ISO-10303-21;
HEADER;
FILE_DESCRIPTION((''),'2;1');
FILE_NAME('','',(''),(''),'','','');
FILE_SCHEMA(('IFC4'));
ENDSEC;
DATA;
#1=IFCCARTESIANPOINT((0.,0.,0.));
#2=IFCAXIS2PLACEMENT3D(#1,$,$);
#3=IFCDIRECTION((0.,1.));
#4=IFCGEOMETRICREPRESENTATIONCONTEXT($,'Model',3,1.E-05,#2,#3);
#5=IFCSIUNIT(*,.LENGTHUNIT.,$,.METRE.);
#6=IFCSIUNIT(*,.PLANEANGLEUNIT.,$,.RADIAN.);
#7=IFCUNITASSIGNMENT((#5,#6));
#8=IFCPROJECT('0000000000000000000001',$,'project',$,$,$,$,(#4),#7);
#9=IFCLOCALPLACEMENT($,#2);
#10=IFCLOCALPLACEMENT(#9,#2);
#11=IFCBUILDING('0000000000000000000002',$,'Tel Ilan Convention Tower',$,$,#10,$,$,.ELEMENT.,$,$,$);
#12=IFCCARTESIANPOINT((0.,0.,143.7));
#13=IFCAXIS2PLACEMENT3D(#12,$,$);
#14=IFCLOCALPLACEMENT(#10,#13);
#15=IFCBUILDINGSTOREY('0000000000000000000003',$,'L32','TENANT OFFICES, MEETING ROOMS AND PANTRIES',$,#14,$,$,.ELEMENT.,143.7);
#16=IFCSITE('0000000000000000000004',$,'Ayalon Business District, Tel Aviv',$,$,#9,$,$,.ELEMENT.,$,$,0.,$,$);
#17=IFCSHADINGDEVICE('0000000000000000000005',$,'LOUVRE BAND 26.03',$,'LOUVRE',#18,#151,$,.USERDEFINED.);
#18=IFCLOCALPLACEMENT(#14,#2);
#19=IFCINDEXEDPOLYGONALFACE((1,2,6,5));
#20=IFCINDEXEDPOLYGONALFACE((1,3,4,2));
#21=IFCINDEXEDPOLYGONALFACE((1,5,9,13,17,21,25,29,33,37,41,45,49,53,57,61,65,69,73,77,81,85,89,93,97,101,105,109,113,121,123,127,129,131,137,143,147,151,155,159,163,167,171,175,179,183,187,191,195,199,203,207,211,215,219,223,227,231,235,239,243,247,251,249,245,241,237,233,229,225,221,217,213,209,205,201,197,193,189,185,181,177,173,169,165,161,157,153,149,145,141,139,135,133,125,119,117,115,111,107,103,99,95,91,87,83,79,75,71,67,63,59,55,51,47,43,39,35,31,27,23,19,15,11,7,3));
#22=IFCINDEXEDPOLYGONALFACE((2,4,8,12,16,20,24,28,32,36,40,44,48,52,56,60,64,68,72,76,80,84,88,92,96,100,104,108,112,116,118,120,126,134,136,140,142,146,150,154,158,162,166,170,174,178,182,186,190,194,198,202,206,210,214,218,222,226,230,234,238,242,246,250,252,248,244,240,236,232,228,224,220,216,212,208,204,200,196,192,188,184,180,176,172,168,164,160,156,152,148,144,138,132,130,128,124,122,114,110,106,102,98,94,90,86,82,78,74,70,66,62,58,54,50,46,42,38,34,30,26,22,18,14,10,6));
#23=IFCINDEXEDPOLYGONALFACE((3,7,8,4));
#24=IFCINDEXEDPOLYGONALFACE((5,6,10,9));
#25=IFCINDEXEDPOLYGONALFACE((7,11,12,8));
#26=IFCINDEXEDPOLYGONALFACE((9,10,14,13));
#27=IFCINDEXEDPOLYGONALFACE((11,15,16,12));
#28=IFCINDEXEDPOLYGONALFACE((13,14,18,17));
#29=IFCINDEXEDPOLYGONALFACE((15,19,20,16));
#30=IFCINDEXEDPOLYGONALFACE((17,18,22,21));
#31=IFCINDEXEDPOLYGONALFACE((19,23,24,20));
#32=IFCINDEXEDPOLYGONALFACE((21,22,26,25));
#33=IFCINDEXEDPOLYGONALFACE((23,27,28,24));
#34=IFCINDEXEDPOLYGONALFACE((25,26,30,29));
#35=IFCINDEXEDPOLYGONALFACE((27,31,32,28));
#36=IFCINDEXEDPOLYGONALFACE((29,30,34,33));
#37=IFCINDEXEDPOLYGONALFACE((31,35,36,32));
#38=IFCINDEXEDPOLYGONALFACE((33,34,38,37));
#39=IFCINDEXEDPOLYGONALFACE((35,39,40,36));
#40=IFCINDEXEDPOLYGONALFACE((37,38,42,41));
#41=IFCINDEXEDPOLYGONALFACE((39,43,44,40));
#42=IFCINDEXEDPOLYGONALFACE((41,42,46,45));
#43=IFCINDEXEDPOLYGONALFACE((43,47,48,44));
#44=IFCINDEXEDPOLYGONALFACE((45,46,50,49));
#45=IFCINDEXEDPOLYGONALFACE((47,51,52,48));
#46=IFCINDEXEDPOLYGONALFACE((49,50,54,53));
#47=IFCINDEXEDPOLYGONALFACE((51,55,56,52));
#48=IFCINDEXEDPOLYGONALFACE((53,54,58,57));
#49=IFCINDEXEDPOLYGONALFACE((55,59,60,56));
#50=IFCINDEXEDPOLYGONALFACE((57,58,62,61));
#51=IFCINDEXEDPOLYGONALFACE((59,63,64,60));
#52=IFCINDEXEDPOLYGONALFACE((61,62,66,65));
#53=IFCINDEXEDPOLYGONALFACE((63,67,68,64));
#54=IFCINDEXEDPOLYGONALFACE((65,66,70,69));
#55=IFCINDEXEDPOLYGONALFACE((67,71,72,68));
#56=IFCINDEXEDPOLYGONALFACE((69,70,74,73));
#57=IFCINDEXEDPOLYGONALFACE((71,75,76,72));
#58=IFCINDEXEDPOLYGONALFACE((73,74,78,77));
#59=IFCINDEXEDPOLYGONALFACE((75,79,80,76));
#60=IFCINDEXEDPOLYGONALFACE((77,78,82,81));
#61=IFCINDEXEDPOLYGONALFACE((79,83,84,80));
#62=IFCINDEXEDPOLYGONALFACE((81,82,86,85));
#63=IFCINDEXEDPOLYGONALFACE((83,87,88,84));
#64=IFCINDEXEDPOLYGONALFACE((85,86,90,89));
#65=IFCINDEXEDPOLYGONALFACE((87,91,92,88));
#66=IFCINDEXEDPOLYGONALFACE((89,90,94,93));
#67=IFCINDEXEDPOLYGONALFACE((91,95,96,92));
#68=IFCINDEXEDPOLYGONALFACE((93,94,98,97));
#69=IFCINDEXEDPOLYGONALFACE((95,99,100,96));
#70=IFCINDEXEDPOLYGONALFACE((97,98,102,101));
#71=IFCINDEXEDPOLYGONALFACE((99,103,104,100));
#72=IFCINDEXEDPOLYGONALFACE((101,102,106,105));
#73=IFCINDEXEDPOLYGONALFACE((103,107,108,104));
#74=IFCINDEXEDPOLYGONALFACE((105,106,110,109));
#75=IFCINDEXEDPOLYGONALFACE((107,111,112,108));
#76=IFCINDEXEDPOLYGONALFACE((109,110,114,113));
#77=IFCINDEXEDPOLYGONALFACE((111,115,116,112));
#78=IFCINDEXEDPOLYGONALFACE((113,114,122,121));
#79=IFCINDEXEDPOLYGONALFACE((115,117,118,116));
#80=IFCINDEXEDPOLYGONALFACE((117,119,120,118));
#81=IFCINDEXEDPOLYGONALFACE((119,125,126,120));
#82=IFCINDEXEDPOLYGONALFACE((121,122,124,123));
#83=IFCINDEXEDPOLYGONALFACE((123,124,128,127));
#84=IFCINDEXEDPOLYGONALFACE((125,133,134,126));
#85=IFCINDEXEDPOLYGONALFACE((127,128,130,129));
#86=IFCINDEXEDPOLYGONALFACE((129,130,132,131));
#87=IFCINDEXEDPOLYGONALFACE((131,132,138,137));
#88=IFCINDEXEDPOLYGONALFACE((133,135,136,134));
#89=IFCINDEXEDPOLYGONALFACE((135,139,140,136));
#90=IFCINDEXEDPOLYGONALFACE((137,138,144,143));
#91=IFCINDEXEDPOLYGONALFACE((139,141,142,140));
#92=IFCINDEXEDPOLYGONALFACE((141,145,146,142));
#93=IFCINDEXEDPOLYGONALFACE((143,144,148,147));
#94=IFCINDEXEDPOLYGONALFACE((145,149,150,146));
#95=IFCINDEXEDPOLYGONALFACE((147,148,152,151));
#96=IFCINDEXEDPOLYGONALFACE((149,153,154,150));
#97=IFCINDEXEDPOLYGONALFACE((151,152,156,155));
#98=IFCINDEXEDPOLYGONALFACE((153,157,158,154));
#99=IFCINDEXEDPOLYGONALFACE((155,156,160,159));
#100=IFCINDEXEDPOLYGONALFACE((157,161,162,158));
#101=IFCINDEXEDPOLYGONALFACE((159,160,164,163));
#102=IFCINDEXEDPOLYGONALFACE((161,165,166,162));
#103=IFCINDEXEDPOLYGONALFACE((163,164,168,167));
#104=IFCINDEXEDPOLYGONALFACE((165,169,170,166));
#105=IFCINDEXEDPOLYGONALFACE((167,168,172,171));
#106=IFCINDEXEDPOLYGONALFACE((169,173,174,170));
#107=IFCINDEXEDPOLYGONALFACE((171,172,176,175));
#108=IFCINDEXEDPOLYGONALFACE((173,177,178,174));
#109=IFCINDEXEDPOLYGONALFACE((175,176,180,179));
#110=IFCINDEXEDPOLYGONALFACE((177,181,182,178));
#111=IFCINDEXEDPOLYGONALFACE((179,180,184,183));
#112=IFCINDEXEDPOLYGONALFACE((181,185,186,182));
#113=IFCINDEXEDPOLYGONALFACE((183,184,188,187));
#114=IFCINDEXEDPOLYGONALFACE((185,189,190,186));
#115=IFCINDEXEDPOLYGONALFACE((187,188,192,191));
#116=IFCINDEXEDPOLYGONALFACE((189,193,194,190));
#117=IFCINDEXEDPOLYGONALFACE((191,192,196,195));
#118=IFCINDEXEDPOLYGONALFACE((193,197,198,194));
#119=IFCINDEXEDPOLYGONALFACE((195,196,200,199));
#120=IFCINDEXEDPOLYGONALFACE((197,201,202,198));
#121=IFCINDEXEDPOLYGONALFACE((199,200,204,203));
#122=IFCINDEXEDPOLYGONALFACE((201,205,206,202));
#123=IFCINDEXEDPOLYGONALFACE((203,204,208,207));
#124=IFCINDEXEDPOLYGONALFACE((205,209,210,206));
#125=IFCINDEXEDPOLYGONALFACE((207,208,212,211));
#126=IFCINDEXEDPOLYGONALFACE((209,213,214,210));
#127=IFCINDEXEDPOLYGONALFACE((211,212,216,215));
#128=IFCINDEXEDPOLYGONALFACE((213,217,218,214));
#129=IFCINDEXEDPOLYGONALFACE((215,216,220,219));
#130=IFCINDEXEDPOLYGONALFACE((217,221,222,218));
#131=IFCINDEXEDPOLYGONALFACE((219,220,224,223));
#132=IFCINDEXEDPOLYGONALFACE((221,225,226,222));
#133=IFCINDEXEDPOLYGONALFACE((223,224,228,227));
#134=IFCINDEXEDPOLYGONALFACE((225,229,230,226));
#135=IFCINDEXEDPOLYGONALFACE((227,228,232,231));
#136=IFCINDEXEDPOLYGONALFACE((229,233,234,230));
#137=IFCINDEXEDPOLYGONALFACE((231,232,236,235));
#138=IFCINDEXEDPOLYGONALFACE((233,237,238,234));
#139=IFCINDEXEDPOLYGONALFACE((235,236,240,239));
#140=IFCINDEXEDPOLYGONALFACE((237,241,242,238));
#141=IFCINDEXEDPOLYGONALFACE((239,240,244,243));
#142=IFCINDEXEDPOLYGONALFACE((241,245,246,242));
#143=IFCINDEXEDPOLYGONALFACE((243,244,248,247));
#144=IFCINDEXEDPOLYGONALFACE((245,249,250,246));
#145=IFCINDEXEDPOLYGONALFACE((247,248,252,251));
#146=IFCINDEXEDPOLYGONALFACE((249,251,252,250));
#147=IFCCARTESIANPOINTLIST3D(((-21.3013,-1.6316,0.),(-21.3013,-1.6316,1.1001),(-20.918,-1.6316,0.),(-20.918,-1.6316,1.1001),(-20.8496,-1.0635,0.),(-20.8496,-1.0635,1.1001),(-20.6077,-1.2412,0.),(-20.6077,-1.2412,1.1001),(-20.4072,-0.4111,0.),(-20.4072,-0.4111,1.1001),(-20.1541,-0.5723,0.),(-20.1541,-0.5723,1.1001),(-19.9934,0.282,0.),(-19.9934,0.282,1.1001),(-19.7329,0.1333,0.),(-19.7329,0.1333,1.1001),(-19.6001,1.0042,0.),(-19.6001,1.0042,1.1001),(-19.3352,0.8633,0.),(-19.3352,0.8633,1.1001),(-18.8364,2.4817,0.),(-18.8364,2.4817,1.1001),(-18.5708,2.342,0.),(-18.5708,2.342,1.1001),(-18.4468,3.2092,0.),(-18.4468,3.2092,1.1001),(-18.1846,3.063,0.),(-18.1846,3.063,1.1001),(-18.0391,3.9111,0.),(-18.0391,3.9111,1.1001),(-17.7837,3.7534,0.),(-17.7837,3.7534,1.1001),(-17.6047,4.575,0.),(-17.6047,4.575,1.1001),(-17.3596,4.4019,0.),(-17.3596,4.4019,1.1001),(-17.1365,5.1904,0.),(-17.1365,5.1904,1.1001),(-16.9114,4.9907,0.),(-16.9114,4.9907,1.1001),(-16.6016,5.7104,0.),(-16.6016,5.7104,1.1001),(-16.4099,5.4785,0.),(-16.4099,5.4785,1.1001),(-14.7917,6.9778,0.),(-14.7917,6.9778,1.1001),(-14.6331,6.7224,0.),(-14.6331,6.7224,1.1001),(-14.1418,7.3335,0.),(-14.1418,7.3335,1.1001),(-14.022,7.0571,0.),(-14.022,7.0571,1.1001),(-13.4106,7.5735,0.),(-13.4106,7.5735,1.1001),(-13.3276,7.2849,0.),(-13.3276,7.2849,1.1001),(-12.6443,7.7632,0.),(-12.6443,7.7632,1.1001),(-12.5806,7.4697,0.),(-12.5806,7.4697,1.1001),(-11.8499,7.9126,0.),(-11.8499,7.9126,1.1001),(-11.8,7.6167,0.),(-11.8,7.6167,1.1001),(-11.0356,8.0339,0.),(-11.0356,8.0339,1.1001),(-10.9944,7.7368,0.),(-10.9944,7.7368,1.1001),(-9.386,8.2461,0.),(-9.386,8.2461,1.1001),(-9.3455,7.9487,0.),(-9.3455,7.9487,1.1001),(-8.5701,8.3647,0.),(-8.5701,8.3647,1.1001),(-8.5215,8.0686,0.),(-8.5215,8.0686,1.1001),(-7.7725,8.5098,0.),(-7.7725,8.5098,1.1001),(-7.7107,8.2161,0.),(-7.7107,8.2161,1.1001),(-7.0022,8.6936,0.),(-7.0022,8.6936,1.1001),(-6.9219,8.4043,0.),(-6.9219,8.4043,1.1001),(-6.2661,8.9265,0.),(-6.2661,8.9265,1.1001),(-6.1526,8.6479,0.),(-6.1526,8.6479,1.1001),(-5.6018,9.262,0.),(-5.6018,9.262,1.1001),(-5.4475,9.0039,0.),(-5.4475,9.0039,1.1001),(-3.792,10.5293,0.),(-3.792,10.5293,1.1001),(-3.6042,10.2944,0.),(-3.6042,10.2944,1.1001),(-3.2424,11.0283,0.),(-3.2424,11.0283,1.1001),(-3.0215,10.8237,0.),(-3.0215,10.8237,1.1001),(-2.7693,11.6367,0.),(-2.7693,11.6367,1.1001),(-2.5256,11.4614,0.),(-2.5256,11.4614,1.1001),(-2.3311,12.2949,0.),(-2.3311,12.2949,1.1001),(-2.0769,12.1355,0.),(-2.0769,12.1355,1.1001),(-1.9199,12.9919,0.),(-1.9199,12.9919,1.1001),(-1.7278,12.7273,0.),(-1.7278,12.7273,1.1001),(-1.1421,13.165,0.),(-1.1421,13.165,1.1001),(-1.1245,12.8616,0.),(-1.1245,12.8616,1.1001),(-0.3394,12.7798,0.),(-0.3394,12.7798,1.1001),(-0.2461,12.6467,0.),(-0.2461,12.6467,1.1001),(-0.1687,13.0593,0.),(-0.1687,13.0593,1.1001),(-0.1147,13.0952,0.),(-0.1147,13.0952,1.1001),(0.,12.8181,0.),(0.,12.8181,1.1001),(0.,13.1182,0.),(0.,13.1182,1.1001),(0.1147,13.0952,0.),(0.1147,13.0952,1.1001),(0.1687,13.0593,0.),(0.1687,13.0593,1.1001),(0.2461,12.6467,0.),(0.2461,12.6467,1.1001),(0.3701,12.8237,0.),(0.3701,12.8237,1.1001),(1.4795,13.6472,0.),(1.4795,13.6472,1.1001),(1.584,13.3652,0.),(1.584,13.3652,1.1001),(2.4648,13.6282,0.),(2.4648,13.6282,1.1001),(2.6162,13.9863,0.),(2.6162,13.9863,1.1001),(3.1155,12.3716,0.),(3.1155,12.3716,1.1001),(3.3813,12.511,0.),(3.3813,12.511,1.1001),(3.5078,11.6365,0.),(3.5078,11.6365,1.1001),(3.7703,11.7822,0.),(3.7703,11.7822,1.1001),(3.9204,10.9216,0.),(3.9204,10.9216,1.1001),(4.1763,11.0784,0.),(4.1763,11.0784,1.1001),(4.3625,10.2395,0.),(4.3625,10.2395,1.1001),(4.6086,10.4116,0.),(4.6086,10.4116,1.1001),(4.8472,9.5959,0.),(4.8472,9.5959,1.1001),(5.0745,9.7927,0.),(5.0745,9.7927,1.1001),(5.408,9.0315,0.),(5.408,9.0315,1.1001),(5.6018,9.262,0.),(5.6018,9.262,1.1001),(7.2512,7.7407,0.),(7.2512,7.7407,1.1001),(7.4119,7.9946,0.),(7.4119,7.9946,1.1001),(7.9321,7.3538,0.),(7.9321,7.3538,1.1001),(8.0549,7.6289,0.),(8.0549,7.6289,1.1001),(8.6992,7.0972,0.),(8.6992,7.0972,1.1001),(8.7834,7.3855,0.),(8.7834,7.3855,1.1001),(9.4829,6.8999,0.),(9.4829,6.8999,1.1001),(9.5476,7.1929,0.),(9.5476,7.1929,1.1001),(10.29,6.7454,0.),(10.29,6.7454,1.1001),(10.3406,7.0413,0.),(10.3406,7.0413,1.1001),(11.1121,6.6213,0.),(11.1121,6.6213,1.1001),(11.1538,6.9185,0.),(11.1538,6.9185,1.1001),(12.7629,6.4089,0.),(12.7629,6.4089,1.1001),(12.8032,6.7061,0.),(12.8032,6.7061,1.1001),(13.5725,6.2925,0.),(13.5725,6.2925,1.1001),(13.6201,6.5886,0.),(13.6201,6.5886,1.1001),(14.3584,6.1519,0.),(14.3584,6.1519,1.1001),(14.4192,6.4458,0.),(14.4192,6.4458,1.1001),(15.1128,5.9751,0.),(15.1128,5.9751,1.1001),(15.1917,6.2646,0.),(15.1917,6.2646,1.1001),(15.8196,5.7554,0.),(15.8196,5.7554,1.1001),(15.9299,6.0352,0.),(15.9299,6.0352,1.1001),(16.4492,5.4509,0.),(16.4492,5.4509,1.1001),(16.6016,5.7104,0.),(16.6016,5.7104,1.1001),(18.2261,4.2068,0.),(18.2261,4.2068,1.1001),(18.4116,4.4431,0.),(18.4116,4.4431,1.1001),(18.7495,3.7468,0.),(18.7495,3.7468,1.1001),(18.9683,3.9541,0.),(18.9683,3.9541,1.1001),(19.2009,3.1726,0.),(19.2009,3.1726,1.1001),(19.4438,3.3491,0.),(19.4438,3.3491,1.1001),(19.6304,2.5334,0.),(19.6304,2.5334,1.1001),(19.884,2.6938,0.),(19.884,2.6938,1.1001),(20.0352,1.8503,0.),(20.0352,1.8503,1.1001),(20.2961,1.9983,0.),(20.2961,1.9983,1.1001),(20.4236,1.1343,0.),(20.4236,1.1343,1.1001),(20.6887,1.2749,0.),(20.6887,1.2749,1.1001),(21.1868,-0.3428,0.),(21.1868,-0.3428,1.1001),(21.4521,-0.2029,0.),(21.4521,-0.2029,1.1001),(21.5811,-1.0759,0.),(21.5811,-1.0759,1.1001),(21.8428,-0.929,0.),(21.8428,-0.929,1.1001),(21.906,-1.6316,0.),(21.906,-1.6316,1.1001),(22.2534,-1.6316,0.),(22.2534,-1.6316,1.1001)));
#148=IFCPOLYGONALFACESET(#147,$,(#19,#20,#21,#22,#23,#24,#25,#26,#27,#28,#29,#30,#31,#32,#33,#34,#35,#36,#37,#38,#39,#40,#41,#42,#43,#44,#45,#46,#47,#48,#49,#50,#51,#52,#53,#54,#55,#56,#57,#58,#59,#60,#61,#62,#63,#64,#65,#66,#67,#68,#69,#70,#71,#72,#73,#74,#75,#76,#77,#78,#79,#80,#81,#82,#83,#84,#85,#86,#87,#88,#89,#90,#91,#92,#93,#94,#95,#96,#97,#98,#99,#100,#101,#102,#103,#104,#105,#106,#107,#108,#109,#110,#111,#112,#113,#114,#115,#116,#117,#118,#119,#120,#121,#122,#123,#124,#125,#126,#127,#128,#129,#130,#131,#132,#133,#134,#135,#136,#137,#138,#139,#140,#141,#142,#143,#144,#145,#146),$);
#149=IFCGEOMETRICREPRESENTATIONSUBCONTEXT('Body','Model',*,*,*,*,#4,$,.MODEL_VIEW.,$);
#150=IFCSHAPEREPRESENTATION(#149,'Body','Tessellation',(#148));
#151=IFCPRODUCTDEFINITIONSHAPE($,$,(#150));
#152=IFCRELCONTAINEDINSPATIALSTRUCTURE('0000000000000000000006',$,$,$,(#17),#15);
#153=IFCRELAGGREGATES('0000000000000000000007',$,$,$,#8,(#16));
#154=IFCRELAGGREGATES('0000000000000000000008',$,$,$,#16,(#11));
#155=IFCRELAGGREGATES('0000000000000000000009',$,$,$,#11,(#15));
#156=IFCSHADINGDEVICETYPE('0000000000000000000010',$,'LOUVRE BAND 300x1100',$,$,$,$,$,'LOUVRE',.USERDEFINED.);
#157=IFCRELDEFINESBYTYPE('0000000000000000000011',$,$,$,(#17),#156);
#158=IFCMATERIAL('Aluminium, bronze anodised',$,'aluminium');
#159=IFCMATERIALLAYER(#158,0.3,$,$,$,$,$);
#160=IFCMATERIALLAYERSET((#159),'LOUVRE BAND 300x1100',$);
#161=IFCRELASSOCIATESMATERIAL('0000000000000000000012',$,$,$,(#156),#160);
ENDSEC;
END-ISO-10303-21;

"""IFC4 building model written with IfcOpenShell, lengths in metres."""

from ifc_helpers import new_model, si_unit, direction, frame, origin, place, context, subcontext, project, spatial, polyline, outline, extrude, material, layer, layer_set, type_object, element, save


model = new_model("IFC4")

# Units and contexts
model_context = context("Model", 3, precision=1e-05, world=origin(), true_north=direction((0.0, 1.0)))
body_context = subcontext(model_context, "Body", "Model", "MODEL_VIEW")
ifc_project = project(units=[si_unit("LENGTHUNIT", "METRE"), si_unit("PLANEANGLEUNIT", "RADIAN")], contexts=[model_context])

# Site, building, storey
site_placement = place(None, origin())
site = spatial("IfcSite", under=ifc_project, at=site_placement, Name="Ayalon Business District, Tel Aviv", CompositionType="ELEMENT", RefElevation=0.0)
building_placement = place(site_placement, origin())
building = spatial("IfcBuilding", under=site, at=building_placement, Name="Tel Ilan Convention Tower", CompositionType="ELEMENT")
storey_placement = place(building_placement, frame((0.0, 0.0, 143.7)))
storey = spatial("IfcBuildingStorey", under=building, at=storey_placement, Name="L32", Description="TENANT OFFICES, MEETING ROOMS AND PANTRIES", CompositionType="ELEMENT", Elevation=143.7)

# Shading device
ifc_material_1 = material(Name="Aluminium, bronze anodised", Category="aluminium")
ifc_layer_1 = layer(ifc_material_1, 0.3)
ifc_layer_set_1 = layer_set([ifc_layer_1], Name="LOUVRE BAND 300x1100")
shading_device_type_1 = type_object("IfcShadingDeviceType", Name="LOUVRE BAND 300x1100", ElementType="LOUVRE", PredefinedType="USERDEFINED", material=ifc_layer_set_1)
shading_device_1_placement = place(storey_placement, origin())
element("IfcShadingDevice", 1, at=shading_device_1_placement, inside=storey, type_object=shading_device_type_1, Name="LOUVRE BAND 26.03", ObjectType="LOUVRE", PredefinedType="USERDEFINED", context=body_context, shape_type="SweptSolid", body=[
    extrude(outline(polyline([(-20.8496, -1.0635), (-21.3013, -1.6316), (-20.918, -1.6316), (-20.6077, -1.2412), (-20.1541, -0.5723), (-19.7329, 0.1333), (-19.3352, 0.8633), (-18.5708, 2.342), (-18.1846, 3.063), (-17.7837, 3.7534), (-17.3596, 4.4019), (-16.9114, 4.9907), (-16.4099, 5.4785), (-14.6331, 6.7224), (-14.022, 7.0571), (-13.3276, 7.2849), (-12.5806, 7.4697), (-11.8, 7.6167), (-10.9944, 7.7368), (-9.3455, 7.9487), (-8.5215, 8.0686), (-7.7107, 8.2161), (-6.9219, 8.4043), (-6.1526, 8.6479), (-5.4475, 9.0039), (-3.6042, 10.2944), (-3.0215, 10.8237), (-2.5256, 11.4614), (-2.0769, 12.1355), (-1.7278, 12.7273), (-1.1245, 12.8616), (-0.3394, 12.7798), (-0.2461, 12.6467), (0.0, 12.8181), (0.2461, 12.6467), (0.3701, 12.8237), (1.584, 13.3652), (2.4648, 13.6282), (3.1155, 12.3716), (3.5078, 11.6365), (3.9204, 10.9216), (4.3625, 10.2395), (4.8472, 9.5959), (5.408, 9.0315), (7.2512, 7.7407), (7.9321, 7.3538), (8.6992, 7.0972), (9.4829, 6.8999), (10.29, 6.7454), (11.1121, 6.6213), (12.7629, 6.4089), (13.5725, 6.2925), (14.3584, 6.1519), (15.1128, 5.9751), (15.8196, 5.7554), (16.4492, 5.4509), (18.2261, 4.2068), (18.7495, 3.7468), (19.2009, 3.1726), (19.6304, 2.5334), (20.0352, 1.8503), (20.4236, 1.1343), (21.1868, -0.3428), (21.5811, -1.0759), (21.906, -1.6316), (22.2534, -1.6316), (21.8428, -0.929), (21.4521, -0.2029), (20.6887, 1.2749), (20.2961, 1.9983), (19.884, 2.6938), (19.4438, 3.3491), (18.9683, 3.9541), (18.4116, 4.4431), (16.6016, 5.7104), (15.9299, 6.0352), (15.1917, 6.2646), (14.4192, 6.4458), (13.6201, 6.5886), (12.8032, 6.7061), (11.1538, 6.9185), (10.3406, 7.0413), (9.5476, 7.1929), (8.7834, 7.3855), (8.0549, 7.6289), (7.4119, 7.9946), (5.6018, 9.262), (5.0745, 9.7927), (4.6086, 10.4116), (4.1763, 11.0784), (3.7703, 11.7822), (3.3813, 12.511), (2.6162, 13.9863), (1.4795, 13.6472), (0.1687, 13.0593), (0.1147, 13.0952), (0.0, 13.1182), (-0.1147, 13.0952), (-0.1687, 13.0593), (-1.1421, 13.165), (-1.9199, 12.9919), (-2.3311, 12.2949), (-2.7693, 11.6367), (-3.2424, 11.0283), (-3.792, 10.5293), (-5.6018, 9.262), (-6.2661, 8.9265), (-7.0022, 8.6936), (-7.7725, 8.5098), (-8.5701, 8.3647), (-9.386, 8.2461), (-11.0356, 8.0339), (-11.8499, 7.9126), (-12.6443, 7.7632), (-13.4106, 7.5735), (-14.1418, 7.3335), (-14.7917, 6.9778), (-16.6016, 5.7104), (-17.1365, 5.1904), (-17.6047, 4.575), (-18.0391, 3.9111), (-18.4468, 3.2092), (-18.8364, 2.4817), (-19.6001, 1.0042), (-19.9934, 0.282), (-20.4072, -0.4111), (-20.8496, -1.0635)])), origin(), (0.0, 0.0, 1.0), 1.1001),
])

save(model, "model.ifc")
